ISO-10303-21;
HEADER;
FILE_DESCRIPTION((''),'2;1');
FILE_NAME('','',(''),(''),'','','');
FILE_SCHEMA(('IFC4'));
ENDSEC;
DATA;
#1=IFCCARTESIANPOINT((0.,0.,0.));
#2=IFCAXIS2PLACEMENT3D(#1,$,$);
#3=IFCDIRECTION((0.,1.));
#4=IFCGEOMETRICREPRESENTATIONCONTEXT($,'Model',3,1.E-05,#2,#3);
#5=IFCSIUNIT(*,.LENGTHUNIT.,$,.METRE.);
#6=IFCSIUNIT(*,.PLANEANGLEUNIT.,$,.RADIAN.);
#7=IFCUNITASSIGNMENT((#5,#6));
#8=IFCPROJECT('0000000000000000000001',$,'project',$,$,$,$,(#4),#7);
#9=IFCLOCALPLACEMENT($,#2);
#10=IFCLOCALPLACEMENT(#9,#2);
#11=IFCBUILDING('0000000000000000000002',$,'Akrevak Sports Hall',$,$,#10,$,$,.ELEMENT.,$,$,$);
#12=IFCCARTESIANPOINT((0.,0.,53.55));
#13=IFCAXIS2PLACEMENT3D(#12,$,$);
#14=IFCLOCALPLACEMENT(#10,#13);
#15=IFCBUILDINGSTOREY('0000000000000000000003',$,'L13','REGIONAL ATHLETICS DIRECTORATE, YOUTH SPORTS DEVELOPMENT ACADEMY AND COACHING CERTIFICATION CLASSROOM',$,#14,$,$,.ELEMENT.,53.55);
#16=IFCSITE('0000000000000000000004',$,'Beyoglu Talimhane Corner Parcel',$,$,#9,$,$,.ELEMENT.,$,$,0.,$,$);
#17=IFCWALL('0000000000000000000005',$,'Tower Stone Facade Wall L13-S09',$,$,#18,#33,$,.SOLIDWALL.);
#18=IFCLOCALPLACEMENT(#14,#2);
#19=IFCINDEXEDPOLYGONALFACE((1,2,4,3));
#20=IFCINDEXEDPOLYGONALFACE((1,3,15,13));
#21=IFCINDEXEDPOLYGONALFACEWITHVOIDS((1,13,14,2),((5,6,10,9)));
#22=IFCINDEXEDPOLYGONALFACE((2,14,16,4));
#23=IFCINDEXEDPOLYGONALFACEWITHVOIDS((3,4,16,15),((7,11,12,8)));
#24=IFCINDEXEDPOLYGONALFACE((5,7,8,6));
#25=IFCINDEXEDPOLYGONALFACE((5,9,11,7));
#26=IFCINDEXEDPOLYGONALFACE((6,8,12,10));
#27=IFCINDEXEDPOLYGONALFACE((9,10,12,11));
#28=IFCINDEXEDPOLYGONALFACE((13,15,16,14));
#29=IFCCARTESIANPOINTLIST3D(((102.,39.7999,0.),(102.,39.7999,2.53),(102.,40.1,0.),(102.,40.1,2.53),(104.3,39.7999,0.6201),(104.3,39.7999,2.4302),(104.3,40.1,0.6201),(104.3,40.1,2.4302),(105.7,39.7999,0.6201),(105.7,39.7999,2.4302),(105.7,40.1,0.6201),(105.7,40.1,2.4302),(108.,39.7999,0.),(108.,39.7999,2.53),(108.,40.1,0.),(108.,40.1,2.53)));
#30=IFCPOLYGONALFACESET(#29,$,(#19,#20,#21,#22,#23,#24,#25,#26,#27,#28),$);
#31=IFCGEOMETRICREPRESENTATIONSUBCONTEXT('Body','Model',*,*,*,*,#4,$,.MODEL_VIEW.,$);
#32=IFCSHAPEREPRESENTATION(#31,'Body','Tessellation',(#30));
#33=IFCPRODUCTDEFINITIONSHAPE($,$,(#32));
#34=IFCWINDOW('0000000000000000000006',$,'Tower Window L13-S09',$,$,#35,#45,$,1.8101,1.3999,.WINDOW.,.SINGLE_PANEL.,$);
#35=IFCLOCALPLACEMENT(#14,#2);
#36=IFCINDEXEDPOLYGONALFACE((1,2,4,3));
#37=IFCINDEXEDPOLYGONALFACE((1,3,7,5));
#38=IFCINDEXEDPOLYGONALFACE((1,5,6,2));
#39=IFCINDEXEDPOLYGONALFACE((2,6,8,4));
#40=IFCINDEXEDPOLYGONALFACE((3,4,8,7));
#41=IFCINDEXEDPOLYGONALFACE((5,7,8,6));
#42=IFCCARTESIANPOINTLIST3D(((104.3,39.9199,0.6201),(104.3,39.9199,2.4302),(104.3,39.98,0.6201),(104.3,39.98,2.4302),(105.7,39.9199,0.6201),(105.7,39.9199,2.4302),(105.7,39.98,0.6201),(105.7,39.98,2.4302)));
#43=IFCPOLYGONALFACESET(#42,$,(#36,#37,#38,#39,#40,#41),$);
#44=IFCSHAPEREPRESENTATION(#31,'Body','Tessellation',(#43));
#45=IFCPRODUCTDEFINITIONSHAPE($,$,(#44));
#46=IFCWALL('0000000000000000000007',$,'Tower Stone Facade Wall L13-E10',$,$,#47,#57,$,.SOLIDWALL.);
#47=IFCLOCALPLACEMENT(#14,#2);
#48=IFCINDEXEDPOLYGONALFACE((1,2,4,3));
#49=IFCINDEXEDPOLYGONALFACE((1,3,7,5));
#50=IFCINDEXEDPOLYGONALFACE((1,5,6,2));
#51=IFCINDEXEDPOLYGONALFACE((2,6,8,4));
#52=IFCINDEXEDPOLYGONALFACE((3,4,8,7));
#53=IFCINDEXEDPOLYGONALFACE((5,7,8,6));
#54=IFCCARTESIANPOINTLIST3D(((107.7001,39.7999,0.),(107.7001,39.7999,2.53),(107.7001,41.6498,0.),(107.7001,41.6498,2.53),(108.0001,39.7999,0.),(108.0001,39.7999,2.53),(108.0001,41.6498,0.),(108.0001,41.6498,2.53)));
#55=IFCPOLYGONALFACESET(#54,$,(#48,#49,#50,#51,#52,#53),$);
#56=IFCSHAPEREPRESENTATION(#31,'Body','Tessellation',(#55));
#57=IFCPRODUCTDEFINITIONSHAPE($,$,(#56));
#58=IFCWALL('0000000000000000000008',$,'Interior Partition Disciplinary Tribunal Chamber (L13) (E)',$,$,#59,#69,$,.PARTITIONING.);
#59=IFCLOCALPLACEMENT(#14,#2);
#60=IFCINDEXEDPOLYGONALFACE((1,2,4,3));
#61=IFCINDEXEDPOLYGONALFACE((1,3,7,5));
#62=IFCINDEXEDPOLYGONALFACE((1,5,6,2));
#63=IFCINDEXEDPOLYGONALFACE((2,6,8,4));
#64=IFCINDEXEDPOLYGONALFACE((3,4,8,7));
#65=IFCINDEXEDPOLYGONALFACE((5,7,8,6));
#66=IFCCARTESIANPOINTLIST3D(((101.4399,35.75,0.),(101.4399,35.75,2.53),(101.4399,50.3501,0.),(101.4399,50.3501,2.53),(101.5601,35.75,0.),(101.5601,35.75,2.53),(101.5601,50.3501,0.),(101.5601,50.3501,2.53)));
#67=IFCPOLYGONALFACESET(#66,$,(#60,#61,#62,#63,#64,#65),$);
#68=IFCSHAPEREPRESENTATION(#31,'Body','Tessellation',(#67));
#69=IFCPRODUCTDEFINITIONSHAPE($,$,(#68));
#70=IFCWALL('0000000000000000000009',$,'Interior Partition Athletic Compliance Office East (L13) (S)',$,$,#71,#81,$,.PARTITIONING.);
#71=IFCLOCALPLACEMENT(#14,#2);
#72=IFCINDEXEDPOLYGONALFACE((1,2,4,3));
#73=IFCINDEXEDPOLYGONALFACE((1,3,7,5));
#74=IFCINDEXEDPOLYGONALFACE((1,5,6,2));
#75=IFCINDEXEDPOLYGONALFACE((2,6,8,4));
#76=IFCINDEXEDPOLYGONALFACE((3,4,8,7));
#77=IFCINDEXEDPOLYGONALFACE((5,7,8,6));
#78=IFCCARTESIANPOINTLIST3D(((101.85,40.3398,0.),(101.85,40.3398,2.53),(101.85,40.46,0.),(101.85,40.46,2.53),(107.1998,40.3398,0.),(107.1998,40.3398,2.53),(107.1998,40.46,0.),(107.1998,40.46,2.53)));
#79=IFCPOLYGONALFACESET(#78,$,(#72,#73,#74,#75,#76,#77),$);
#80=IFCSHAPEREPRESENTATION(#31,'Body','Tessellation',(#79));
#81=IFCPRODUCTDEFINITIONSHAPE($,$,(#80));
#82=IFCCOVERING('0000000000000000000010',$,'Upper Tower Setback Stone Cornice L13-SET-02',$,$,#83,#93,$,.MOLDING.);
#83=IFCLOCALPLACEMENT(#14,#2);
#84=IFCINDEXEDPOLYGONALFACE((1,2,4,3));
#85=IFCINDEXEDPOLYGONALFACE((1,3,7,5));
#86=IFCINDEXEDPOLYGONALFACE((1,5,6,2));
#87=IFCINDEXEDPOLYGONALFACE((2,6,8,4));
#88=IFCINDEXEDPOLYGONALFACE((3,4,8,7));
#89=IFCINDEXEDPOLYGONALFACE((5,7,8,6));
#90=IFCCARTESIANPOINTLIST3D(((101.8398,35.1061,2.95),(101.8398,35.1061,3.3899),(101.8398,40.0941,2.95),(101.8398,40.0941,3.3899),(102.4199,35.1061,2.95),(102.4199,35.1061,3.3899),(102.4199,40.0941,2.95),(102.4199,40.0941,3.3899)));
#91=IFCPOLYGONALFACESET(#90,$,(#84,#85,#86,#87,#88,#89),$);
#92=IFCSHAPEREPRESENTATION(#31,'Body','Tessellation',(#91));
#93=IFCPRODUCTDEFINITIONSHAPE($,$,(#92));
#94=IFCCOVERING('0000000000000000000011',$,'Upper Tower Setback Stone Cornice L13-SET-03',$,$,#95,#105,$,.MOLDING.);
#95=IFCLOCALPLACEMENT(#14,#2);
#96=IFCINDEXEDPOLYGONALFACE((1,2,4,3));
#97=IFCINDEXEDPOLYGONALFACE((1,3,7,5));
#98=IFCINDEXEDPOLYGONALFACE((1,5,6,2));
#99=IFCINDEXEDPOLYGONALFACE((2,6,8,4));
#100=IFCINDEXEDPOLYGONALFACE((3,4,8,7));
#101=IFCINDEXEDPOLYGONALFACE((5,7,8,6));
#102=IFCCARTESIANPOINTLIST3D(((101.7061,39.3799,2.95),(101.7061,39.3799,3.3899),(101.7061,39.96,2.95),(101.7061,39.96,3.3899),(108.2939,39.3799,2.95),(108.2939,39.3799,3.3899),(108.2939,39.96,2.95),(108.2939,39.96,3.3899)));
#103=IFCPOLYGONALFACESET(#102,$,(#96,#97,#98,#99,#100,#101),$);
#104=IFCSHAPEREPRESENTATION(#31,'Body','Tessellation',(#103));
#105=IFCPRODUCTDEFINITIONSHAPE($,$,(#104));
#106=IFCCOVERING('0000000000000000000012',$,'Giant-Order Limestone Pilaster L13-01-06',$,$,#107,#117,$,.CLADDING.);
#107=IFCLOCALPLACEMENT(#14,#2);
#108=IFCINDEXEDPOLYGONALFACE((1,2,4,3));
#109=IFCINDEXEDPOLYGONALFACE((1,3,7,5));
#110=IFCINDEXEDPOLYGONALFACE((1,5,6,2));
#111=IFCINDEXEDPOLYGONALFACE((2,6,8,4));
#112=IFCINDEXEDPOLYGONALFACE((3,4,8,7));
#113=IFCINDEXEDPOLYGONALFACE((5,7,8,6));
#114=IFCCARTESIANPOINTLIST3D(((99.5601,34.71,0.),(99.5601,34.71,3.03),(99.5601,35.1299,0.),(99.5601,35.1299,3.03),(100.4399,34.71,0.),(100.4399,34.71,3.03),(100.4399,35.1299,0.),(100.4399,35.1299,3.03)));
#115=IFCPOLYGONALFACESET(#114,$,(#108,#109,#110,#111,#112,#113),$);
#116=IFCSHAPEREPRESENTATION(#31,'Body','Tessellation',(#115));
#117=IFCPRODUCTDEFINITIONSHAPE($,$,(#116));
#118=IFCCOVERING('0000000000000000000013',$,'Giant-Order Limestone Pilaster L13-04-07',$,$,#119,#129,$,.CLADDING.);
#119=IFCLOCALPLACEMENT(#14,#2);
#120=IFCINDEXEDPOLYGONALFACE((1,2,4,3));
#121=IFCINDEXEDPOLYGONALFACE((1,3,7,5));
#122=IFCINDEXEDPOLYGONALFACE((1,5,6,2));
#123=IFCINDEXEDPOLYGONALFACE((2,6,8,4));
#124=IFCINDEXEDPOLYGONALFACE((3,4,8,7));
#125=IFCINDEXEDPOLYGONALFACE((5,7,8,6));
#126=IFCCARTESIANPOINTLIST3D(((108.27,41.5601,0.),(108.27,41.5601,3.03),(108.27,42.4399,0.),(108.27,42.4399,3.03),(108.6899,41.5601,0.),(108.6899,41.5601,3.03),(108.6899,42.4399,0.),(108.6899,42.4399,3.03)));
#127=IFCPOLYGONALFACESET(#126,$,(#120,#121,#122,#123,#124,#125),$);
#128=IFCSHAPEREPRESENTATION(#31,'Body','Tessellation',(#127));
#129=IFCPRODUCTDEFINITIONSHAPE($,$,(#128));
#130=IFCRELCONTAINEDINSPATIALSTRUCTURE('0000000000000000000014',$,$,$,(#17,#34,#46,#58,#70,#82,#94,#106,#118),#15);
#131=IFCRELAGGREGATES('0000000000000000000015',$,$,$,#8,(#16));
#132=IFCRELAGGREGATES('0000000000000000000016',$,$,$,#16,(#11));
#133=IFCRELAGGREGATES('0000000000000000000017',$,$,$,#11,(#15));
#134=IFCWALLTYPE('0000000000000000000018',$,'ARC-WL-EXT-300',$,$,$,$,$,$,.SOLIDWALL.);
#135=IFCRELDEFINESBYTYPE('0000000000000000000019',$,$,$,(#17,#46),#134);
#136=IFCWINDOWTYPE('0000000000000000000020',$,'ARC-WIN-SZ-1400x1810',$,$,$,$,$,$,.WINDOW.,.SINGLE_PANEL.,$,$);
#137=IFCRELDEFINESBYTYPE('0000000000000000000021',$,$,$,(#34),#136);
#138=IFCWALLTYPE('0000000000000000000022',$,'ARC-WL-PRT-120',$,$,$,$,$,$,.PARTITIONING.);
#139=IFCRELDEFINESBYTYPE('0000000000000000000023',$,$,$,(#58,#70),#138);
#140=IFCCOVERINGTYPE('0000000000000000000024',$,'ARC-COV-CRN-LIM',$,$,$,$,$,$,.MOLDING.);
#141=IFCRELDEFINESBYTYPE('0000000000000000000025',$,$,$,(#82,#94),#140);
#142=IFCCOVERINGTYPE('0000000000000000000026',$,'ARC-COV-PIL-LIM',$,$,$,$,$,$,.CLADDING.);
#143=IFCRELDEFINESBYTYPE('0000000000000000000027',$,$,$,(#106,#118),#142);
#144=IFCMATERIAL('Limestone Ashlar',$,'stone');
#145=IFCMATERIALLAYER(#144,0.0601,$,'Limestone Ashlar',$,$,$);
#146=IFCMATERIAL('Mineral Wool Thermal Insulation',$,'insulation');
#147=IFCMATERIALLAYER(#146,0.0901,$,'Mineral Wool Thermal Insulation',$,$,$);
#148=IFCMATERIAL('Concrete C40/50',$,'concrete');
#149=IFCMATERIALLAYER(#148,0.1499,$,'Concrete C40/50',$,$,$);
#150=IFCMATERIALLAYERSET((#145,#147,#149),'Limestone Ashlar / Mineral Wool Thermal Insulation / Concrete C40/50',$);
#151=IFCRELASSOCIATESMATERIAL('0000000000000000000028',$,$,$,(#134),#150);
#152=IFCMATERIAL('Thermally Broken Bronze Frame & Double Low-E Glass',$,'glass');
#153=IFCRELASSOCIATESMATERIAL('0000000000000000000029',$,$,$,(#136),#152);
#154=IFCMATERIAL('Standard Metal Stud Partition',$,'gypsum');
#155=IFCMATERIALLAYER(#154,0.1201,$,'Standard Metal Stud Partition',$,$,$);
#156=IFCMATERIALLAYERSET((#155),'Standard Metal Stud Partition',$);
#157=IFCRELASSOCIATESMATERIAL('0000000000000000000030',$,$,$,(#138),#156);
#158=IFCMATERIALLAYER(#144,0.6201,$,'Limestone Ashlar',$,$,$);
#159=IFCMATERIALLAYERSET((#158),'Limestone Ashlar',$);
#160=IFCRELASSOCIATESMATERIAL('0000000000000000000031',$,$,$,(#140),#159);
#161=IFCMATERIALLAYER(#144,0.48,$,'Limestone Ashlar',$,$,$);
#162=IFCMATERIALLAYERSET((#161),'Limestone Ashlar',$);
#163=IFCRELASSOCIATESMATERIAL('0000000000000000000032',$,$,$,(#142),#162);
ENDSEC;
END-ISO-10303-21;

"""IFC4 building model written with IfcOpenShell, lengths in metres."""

from ifc_helpers import new_model, si_unit, direction, frame, frame_2d, origin, origin_2d, place, context, subcontext, project, spatial, rectangle, extrude, material, layer, layer_set, type_object, element, fill, save


model = new_model("IFC4")

# Units and contexts
model_context = context("Model", 3, precision=1e-05, world=origin(), true_north=direction((0.0, 1.0)))
body_context = subcontext(model_context, "Body", "Model", "MODEL_VIEW")
ifc_project = project(units=[si_unit("LENGTHUNIT", "METRE"), si_unit("PLANEANGLEUNIT", "RADIAN")], contexts=[model_context])

# Site, building, storey
site_placement = place(None, origin())
site = spatial("IfcSite", under=ifc_project, at=site_placement, Name="Beyoglu Talimhane Corner Parcel", CompositionType="ELEMENT", RefElevation=0.0)
building_placement = place(site_placement, origin())
building = spatial("IfcBuilding", under=site, at=building_placement, Name="Akrevak Sports Hall", CompositionType="ELEMENT")
storey_placement = place(building_placement, frame((0.0, 0.0, 53.55)))
storey = spatial("IfcBuildingStorey", under=building, at=storey_placement, Name="L13", Description="REGIONAL ATHLETICS DIRECTORATE, YOUTH SPORTS DEVELOPMENT ACADEMY AND COACHING CERTIFICATION CLASSROOM", CompositionType="ELEMENT", Elevation=53.55)

# Shared definitions
ifc_material_1 = material(Name="Concrete C40/50", Category="concrete")

# Shared definitions
ifc_material_2 = material(Name="Limestone Ashlar", Category="stone")
ifc_layer_1 = layer(ifc_material_2, 0.0601, Name="Limestone Ashlar")
ifc_material_3 = material(Name="Mineral Wool Thermal Insulation", Category="insulation")
ifc_layer_2 = layer(ifc_material_3, 0.0901, Name="Mineral Wool Thermal Insulation")
ifc_layer_3 = layer(ifc_material_1, 0.1499, Name="Concrete C40/50")
ifc_layer_set_1 = layer_set([ifc_layer_1, ifc_layer_2, ifc_layer_3], Name="Limestone Ashlar / Mineral Wool Thermal Insulation / Concrete C40/50")
wall_type_1 = type_object("IfcWallType", Name="ARC-WL-EXT-300", PredefinedType="SOLIDWALL", material=ifc_layer_set_1)

# Wall, opening, window
ifc_material_4 = material(Name="Thermally Broken Bronze Frame & Double Low-E Glass", Category="glass")
wall_1_placement = place(storey_placement, frame((102.0, 39.95, 0.0), z_axis=(0.0, 0.0, 1.0), x_axis=(1.0, 0.0, 0.0)))
wall_1 = element("IfcWall", 1, at=wall_1_placement, inside=storey, type_object=wall_type_1, Name="Tower Stone Facade Wall L13-S09", PredefinedType="SOLIDWALL", context=body_context, shape_type="SweptSolid", body=[
    extrude(rectangle(XDim=6.0, YDim=0.3, at=frame_2d((3.0, 0.0))), origin(), (0.0, 0.0, 1.0), 2.53),
])
opening_1_placement = place(wall_1_placement, frame((2.3, 0.0, 0.6201)))
opening_1 = element("IfcOpeningElement", 2, at=opening_1_placement, cuts=wall_1, PredefinedType="OPENING", context=body_context, shape_type="SweptSolid", body=[
    extrude(rectangle(XDim=1.3999, YDim=1.8101, at=frame_2d((0.7, 0.905))), frame((0.0, 0.1621, 0.0), z_axis=(0.0, -1.0, 0.0), x_axis=(1.0, 0.0, 0.0)), (0.0, 0.0, 1.0), 0.324),
])
window_type_1 = type_object("IfcWindowType", Name="ARC-WIN-SZ-1400x1810", PartitioningType="SINGLE_PANEL", PredefinedType="WINDOW", material=ifc_material_4)
window_1_placement = place(opening_1_placement, origin())
window_1 = element("IfcWindow", 3, at=window_1_placement, inside=storey, type_object=window_type_1, Name="Tower Window L13-S09", OverallHeight=1.8101, OverallWidth=1.3999, PartitioningType="SINGLE_PANEL", PredefinedType="WINDOW", context=body_context, shape_type="SweptSolid", body=[
    extrude(rectangle(XDim=1.3999, YDim=1.8101, at=frame_2d((0.7, 0.905))), frame((0.0, 0.03, 0.0), z_axis=(0.0, -1.0, 0.0), x_axis=(1.0, 0.0, 0.0)), (0.0, 0.0, 1.0), 0.0601),
])
fill(opening_1, window_1)

# Walls
wall_2_placement = place(storey_placement, frame((107.8501, 39.8, 0.0), z_axis=(0.0, 0.0, 1.0), x_axis=(0.0, 1.0, 0.0)))
element("IfcWall", 4, at=wall_2_placement, inside=storey, type_object=wall_type_1, Name="Tower Stone Facade Wall L13-E10", PredefinedType="SOLIDWALL", context=body_context, shape_type="SweptSolid", body=[
    extrude(rectangle(XDim=1.8499, YDim=0.3, at=frame_2d((0.9248, 0.0))), origin(), (0.0, 0.0, 1.0), 2.53),
])
ifc_material_5 = material(Name="Standard Metal Stud Partition", Category="gypsum")
ifc_layer_4 = layer(ifc_material_5, 0.1201, Name="Standard Metal Stud Partition")
ifc_layer_set_2 = layer_set([ifc_layer_4], Name="Standard Metal Stud Partition")
wall_type_2 = type_object("IfcWallType", Name="ARC-WL-PRT-120", PredefinedType="PARTITIONING", material=ifc_layer_set_2)
wall_3_placement = place(storey_placement, frame((101.5, 35.75, 0.0), z_axis=(0.0, 0.0, 1.0), x_axis=(0.0, 1.0, 0.0)))
element("IfcWall", 5, at=wall_3_placement, inside=storey, type_object=wall_type_2, Name="Interior Partition Disciplinary Tribunal Chamber (L13) (E)", PredefinedType="PARTITIONING", context=body_context, shape_type="SweptSolid", body=[
    extrude(rectangle(XDim=14.6001, YDim=0.1201, at=frame_2d((7.3, 0.0))), origin(), (0.0, 0.0, 1.0), 2.53),
])
wall_4_placement = place(storey_placement, frame((101.8501, 40.3999, 0.0), z_axis=(0.0, 0.0, 1.0), x_axis=(1.0, 0.0, 0.0)))
element("IfcWall", 6, at=wall_4_placement, inside=storey, type_object=wall_type_2, Name="Interior Partition Athletic Compliance Office East (L13) (S)", PredefinedType="PARTITIONING", context=body_context, shape_type="SweptSolid", body=[
    extrude(rectangle(XDim=5.3499, YDim=0.1201, at=frame_2d((2.6748, 0.0))), origin(), (0.0, 0.0, 1.0), 2.53),
])

# Coverings
ifc_layer_5 = layer(ifc_material_2, 0.6201, Name="Limestone Ashlar")
ifc_layer_set_3 = layer_set([ifc_layer_5], Name="Limestone Ashlar")
covering_type_1 = type_object("IfcCoveringType", Name="ARC-COV-CRN-LIM", PredefinedType="MOLDING", material=ifc_layer_set_3)
covering_1_placement = place(storey_placement, frame((102.1299, 37.6001, 2.95), z_axis=(0.0, 0.0, 1.0), x_axis=(0.0, 1.0, 0.0)))
element("IfcCovering", 7, at=covering_1_placement, inside=storey, type_object=covering_type_1, Name="Upper Tower Setback Stone Cornice L13-SET-02", PredefinedType="MOLDING", context=body_context, shape_type="SweptSolid", body=[
    extrude(rectangle(XDim=4.988, YDim=0.5801, at=origin_2d()), origin(), (0.0, 0.0, 1.0), 0.4399),
])
covering_2_placement = place(storey_placement, frame((105.0, 39.6699, 2.95), z_axis=(0.0, 0.0, 1.0), x_axis=(1.0, 0.0, 0.0)))
element("IfcCovering", 8, at=covering_2_placement, inside=storey, type_object=covering_type_1, Name="Upper Tower Setback Stone Cornice L13-SET-03", PredefinedType="MOLDING", context=body_context, shape_type="SweptSolid", body=[
    extrude(rectangle(XDim=6.5879, YDim=0.5801, at=origin_2d()), origin(), (0.0, 0.0, 1.0), 0.4399),
])
ifc_layer_6 = layer(ifc_material_2, 0.48, Name="Limestone Ashlar")
ifc_layer_set_4 = layer_set([ifc_layer_6], Name="Limestone Ashlar")
covering_type_2 = type_object("IfcCoveringType", Name="ARC-COV-PIL-LIM", PredefinedType="CLADDING", material=ifc_layer_set_4)
for number, where, z_axis, x_axis, name in (
    (9, (100.0, 34.9199, 0.0), (0.0, 0.0, 1.0), (1.0, 0.0, 0.0), "Giant-Order Limestone Pilaster L13-01-06"),
    (10, (108.48, 42.0, 0.0), (0.0, 0.0, 1.0), (0.0, 1.0, 0.0), "Giant-Order Limestone Pilaster L13-04-07"),
):
    element("IfcCovering", number, at=place(storey_placement, frame(where, z_axis=z_axis, x_axis=x_axis)), inside=storey, type_object=covering_type_2, Name=name, PredefinedType="CLADDING", context=body_context, shape_type="SweptSolid", body=[
        extrude(rectangle(XDim=0.8799, YDim=0.4199, at=origin_2d()), origin(), (0.0, 0.0, 1.0), 3.03),
    ])

save(model, "model.ifc")
